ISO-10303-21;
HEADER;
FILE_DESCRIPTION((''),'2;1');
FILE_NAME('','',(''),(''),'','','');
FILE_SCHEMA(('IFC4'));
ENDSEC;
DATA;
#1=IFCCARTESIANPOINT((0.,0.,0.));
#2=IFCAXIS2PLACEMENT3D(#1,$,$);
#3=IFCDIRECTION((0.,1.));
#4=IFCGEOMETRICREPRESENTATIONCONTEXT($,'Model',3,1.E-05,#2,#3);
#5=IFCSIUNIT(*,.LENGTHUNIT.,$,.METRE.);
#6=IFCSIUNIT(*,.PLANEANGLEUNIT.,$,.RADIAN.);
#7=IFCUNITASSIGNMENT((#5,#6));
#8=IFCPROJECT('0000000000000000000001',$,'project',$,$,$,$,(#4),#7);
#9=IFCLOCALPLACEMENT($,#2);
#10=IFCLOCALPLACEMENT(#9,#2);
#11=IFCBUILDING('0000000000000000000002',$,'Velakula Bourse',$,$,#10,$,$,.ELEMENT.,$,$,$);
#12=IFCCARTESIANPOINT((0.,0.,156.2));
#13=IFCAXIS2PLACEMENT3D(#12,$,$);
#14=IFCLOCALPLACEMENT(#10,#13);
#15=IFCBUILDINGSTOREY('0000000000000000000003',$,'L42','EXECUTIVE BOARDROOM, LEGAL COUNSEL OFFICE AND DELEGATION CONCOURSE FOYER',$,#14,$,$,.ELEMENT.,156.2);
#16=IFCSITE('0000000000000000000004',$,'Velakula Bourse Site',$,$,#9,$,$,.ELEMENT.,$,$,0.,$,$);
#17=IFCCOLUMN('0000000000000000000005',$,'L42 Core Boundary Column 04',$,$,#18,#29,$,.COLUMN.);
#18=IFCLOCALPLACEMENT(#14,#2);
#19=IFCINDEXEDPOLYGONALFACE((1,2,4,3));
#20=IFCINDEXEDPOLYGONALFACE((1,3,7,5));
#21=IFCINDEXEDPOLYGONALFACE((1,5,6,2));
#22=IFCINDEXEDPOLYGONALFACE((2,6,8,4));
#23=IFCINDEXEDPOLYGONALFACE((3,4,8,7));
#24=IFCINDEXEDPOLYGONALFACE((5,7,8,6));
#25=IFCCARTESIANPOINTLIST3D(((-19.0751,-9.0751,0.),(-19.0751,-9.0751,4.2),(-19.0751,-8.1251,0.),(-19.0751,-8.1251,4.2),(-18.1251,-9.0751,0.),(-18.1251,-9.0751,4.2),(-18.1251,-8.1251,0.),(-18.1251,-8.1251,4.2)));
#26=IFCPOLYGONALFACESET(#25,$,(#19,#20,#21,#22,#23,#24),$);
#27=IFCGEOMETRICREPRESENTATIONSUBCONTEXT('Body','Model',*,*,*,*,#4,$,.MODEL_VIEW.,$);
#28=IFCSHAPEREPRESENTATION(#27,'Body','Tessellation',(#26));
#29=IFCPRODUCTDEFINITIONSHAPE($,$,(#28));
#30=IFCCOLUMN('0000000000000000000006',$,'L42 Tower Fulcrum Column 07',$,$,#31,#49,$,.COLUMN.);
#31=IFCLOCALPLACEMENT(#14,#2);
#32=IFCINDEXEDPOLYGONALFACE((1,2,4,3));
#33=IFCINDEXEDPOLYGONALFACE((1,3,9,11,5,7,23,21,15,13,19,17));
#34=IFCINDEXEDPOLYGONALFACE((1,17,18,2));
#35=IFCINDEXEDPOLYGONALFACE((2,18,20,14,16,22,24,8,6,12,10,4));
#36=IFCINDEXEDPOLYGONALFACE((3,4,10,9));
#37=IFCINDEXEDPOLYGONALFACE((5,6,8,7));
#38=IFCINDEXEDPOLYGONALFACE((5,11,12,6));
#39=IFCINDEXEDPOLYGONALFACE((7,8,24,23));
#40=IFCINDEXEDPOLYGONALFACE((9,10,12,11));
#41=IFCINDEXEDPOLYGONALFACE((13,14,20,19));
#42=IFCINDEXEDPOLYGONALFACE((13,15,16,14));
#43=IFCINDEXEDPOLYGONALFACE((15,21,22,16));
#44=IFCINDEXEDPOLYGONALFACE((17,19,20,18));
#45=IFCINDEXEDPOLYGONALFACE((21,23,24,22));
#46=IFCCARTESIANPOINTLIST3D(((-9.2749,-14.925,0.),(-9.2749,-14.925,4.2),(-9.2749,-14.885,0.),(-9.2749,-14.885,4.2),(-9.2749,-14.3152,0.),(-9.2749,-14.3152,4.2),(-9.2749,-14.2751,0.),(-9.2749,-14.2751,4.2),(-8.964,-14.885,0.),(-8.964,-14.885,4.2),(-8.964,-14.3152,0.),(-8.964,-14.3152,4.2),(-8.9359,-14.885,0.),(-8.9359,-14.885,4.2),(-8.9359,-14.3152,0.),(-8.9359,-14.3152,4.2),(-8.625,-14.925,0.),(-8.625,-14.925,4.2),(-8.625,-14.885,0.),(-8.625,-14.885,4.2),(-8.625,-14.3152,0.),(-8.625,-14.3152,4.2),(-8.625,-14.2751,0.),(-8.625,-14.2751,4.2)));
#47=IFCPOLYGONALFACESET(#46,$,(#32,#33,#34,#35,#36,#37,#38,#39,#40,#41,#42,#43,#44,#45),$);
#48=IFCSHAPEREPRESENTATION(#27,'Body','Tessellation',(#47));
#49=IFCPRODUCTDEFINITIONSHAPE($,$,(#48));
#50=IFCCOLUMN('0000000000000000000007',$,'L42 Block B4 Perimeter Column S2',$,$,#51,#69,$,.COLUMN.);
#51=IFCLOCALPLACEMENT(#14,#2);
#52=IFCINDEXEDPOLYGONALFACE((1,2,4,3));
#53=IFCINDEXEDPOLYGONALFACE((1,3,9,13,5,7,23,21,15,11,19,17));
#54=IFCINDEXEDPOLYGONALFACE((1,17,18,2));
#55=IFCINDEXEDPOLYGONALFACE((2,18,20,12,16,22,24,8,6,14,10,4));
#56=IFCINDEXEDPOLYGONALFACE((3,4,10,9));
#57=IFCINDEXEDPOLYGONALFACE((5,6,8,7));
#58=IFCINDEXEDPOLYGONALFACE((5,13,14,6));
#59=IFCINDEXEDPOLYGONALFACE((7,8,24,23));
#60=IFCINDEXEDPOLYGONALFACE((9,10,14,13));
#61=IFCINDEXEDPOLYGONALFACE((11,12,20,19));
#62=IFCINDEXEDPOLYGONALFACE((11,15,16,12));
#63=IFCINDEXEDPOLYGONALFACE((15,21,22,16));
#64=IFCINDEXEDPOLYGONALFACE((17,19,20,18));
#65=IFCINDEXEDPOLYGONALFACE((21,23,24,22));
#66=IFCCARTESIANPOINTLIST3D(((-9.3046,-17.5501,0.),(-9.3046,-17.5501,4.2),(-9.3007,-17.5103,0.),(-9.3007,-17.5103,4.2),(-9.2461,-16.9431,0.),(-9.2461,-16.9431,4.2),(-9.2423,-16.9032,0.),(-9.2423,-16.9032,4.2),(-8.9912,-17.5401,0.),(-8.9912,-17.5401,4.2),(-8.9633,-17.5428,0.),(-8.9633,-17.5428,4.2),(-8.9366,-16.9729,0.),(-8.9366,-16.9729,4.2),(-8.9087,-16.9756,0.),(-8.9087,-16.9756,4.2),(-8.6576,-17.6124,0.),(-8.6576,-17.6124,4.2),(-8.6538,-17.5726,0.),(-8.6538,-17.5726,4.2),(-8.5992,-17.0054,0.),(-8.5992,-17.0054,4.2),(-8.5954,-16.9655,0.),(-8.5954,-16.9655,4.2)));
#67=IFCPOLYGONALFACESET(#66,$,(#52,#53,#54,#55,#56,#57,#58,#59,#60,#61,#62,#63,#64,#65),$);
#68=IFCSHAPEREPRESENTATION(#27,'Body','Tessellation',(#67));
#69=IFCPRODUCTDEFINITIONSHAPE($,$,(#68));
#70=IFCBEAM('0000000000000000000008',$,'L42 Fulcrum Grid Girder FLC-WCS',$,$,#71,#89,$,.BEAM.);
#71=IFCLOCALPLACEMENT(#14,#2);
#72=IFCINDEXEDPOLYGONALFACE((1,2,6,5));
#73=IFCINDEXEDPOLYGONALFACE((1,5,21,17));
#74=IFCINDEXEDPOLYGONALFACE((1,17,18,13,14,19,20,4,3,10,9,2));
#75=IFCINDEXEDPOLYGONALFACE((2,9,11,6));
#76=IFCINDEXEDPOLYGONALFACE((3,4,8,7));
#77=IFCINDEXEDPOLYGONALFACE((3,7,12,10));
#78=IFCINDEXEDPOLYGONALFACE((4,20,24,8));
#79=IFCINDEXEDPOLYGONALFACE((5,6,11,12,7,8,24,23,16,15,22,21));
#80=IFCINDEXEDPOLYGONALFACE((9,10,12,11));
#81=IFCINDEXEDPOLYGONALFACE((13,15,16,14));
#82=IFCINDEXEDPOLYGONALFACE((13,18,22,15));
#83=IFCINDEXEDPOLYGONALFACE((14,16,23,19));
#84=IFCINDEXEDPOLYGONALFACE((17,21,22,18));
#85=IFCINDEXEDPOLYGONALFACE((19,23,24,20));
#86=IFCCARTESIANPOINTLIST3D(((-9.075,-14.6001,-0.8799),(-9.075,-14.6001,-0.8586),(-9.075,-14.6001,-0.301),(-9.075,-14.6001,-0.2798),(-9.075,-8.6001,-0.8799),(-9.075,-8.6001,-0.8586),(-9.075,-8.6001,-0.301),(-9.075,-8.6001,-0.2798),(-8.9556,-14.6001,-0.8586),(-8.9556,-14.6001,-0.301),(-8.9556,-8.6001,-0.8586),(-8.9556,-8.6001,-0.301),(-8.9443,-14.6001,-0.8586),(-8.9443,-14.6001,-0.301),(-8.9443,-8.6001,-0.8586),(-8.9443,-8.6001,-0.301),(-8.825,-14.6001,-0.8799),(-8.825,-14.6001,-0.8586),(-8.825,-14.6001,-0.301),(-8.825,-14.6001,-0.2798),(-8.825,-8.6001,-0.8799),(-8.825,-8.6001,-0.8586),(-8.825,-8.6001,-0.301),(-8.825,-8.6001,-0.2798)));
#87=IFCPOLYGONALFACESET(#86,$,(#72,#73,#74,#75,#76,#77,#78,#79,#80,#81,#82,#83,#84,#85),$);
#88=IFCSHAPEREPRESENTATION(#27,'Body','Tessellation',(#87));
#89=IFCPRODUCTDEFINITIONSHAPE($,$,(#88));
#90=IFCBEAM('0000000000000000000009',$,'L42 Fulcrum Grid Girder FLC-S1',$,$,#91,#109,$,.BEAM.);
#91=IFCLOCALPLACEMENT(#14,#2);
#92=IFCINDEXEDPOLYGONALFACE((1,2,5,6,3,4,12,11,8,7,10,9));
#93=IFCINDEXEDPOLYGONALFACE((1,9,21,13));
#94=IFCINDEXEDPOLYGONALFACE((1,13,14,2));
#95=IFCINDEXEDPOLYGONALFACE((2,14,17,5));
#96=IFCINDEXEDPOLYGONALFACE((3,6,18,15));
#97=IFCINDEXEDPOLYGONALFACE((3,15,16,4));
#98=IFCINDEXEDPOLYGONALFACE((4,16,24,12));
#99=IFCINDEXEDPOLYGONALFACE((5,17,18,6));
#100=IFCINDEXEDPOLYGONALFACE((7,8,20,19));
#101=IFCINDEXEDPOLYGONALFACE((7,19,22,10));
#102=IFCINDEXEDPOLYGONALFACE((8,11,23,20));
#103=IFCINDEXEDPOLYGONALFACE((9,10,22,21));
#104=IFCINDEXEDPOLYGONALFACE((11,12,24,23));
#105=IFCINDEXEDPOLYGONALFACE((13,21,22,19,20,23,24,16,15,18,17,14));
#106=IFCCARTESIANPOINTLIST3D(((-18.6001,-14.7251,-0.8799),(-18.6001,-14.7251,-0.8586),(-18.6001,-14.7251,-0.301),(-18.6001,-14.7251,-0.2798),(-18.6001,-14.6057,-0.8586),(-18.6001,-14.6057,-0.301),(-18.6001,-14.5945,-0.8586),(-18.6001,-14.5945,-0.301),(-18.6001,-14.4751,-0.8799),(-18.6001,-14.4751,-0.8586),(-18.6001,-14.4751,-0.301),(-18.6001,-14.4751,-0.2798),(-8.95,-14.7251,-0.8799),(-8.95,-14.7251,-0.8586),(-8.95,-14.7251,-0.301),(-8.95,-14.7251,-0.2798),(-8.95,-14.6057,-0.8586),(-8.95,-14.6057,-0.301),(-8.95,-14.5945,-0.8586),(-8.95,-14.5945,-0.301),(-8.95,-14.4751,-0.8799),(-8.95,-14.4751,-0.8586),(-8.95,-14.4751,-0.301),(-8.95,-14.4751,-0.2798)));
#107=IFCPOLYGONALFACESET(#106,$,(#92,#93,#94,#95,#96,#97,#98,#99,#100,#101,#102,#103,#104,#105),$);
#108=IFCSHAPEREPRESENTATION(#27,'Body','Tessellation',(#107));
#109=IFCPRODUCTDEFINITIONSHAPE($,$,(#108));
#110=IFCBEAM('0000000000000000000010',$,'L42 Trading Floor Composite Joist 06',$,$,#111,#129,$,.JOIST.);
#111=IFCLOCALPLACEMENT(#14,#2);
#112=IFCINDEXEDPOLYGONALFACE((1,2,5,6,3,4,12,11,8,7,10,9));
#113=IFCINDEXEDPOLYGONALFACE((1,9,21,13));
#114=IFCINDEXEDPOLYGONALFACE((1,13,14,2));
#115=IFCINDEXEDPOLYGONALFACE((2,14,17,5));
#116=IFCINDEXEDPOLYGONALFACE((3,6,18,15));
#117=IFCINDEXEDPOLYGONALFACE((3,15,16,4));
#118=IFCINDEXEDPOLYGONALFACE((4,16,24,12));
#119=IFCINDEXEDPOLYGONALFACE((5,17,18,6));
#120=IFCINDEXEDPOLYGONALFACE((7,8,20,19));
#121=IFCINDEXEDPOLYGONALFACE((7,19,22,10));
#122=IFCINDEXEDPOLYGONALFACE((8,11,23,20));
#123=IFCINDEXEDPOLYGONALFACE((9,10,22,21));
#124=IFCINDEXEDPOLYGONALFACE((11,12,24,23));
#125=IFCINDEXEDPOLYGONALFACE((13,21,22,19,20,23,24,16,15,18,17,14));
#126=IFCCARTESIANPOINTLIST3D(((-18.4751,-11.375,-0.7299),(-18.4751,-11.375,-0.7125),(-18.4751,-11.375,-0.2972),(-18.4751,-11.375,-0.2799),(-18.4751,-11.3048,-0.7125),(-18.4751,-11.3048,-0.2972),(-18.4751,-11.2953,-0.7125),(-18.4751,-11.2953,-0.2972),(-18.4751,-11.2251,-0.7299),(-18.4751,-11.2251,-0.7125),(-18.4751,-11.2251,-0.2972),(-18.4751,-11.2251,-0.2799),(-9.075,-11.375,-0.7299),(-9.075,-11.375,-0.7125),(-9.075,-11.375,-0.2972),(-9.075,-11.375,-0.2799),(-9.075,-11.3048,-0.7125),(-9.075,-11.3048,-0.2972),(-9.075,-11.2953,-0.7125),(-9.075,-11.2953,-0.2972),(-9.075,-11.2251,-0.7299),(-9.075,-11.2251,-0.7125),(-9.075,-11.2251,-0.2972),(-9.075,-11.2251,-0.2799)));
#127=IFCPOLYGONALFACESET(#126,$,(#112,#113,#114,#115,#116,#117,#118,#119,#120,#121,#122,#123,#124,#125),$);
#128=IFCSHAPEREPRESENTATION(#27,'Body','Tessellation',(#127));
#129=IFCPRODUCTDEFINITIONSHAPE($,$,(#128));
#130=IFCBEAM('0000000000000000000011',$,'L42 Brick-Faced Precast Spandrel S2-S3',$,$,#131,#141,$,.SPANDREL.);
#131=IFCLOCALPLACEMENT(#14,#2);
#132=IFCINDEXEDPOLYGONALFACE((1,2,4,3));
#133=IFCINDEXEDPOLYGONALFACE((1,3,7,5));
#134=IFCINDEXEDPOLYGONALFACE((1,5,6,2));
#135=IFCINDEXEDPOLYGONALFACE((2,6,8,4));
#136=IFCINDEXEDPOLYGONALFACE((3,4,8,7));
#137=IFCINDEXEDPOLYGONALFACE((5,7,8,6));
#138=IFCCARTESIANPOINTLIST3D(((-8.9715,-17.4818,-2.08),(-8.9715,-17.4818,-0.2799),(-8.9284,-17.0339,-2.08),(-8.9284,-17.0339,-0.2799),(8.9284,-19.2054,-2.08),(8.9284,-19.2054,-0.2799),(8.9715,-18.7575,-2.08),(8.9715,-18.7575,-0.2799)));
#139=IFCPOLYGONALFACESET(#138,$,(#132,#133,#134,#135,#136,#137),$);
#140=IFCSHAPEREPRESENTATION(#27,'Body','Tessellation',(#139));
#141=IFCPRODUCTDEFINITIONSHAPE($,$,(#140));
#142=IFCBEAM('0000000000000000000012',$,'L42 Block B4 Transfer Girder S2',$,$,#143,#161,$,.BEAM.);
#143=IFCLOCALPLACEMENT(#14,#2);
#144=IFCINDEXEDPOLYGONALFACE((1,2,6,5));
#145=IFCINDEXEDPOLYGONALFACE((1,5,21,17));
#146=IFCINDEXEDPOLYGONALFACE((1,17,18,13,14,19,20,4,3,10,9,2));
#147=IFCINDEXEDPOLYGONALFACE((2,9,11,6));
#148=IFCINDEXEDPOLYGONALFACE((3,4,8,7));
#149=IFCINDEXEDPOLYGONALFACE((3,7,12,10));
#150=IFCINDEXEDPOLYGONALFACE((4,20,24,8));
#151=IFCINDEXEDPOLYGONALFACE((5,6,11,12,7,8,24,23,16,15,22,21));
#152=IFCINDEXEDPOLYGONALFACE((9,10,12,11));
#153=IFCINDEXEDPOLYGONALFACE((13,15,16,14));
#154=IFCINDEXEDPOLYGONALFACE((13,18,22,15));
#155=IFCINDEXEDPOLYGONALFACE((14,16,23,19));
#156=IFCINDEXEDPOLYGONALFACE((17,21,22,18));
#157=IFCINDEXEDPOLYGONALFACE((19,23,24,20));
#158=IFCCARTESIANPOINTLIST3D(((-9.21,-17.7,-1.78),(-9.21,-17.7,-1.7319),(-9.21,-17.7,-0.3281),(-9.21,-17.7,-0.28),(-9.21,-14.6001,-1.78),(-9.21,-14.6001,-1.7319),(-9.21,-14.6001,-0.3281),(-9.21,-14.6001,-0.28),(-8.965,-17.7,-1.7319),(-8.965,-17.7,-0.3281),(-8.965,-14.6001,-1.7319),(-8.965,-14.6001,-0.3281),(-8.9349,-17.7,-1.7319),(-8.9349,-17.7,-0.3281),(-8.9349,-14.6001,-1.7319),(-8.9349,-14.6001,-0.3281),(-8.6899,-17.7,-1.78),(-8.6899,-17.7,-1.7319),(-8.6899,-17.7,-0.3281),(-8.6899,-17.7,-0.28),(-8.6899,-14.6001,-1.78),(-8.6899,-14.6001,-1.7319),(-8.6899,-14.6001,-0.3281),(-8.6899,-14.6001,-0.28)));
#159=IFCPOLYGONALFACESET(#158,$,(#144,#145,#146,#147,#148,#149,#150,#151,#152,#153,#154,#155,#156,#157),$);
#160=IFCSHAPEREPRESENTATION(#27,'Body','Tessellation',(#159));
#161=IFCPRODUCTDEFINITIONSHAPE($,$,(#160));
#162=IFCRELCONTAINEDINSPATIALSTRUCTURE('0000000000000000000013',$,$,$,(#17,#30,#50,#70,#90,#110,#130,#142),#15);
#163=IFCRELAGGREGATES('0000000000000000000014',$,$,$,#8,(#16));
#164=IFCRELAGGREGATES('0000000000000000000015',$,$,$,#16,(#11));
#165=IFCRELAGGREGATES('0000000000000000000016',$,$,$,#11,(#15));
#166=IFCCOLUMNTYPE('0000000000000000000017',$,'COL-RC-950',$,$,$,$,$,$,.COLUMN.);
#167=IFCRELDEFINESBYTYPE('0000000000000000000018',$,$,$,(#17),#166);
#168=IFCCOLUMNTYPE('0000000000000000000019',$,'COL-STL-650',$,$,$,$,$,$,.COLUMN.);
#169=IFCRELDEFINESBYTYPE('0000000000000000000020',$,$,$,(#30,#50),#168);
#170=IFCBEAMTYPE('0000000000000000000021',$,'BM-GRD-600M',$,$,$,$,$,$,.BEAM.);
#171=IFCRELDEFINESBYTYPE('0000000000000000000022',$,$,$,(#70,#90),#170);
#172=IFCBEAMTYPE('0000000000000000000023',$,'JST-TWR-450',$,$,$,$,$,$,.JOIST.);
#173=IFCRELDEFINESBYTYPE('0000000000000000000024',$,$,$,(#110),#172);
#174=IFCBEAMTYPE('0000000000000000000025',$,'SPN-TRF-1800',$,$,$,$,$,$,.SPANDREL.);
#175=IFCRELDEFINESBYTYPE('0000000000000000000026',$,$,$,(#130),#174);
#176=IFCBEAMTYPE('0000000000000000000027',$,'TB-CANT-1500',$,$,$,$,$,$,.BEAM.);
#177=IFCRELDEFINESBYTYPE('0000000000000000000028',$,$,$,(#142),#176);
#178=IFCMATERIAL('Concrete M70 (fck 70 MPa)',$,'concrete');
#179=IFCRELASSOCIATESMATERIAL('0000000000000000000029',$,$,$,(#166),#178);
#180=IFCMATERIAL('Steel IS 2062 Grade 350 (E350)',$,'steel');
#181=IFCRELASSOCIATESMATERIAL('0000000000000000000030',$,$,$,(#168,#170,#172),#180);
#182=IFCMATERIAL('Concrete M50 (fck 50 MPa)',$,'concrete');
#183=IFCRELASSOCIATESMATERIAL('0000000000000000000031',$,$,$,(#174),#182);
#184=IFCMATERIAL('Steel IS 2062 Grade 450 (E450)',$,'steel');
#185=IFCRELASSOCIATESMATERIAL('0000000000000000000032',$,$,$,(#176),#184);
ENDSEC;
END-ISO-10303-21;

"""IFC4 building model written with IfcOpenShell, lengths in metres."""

from ifc_helpers import new_model, si_unit, direction, frame, origin, origin_2d, place, context, subcontext, project, spatial, rectangle, i_section, extrude, material, material_profile, profile_set, type_object, element, save


model = new_model("IFC4")

# Units and contexts
model_context = context("Model", 3, precision=1e-05, world=origin(), true_north=direction((0.0, 1.0)))
body_context = subcontext(model_context, "Body", "Model", "MODEL_VIEW")
ifc_project = project(units=[si_unit("LENGTHUNIT", "METRE"), si_unit("PLANEANGLEUNIT", "RADIAN")], contexts=[model_context])

# Site, building, storey
site_placement = place(None, origin())
site = spatial("IfcSite", under=ifc_project, at=site_placement, Name="Velakula Bourse Site", CompositionType="ELEMENT", RefElevation=0.0)
building_placement = place(site_placement, origin())
building = spatial("IfcBuilding", under=site, at=building_placement, Name="Velakula Bourse", CompositionType="ELEMENT")
storey_placement = place(building_placement, frame((0.0, 0.0, 156.2)))
storey = spatial("IfcBuildingStorey", under=building, at=storey_placement, Name="L42", Description="EXECUTIVE BOARDROOM, LEGAL COUNSEL OFFICE AND DELEGATION CONCOURSE FOYER", CompositionType="ELEMENT", Elevation=156.2)

# Columns
ifc_material_1 = material(Name="Concrete M70 (fck 70 MPa)", Category="concrete")
ifc_material_profile_1 = material_profile(ifc_material_1, rectangle(XDim=0.95, YDim=0.95, at=origin_2d()), Name="Concrete M70 (fck 70 MPa)")
ifc_profile_set_1 = profile_set([ifc_material_profile_1], Name="Concrete M70 (fck 70 MPa)")
column_type_1 = type_object("IfcColumnType", Name="COL-RC-950", PredefinedType="COLUMN", material=ifc_profile_set_1)
column_placement = place(storey_placement, frame((-18.6001, -8.6001, 0.0), z_axis=(0.0, 0.0, 1.0), x_axis=(1.0, 0.0, 0.0)))
element("IfcColumn", 1, at=column_placement, inside=storey, type_object=column_type_1, Name="L42 Core Boundary Column 04", PredefinedType="COLUMN", context=body_context, shape_type="SweptSolid", body=[
    extrude(rectangle(XDim=0.95, YDim=0.95, at=origin_2d()), origin(), (0.0, 0.0, 1.0), 4.2),
])
ifc_material_2 = material(Name="Steel IS 2062 Grade 350 (E350)", Category="steel")
ifc_material_profile_2 = material_profile(ifc_material_2, i_section(OverallWidth=0.6499, OverallDepth=0.6499, WebThickness=0.0281, FlangeThickness=0.04, at=origin_2d()), Name="Steel IS 2062 Grade 350 (E350)")
ifc_profile_set_2 = profile_set([ifc_material_profile_2], Name="Steel IS 2062 Grade 350 (E350)")
column_type_2 = type_object("IfcColumnType", Name="COL-STL-650", PredefinedType="COLUMN", material=ifc_profile_set_2)
for number, where, z_axis, x_axis, name in (
    (2, (-8.95, -14.6001, 0.0), (0.0, 0.0, 1.0), (1.0, 0.0, 0.0), "L42 Tower Fulcrum Column 07"),
    (3, (-8.95, -17.2578, 0.0), (0.0, 0.0, 1.0), (0.995396, -0.095846, 0.0), "L42 Block B4 Perimeter Column S2"),
):
    element("IfcColumn", number, at=place(storey_placement, frame(where, z_axis=z_axis, x_axis=x_axis)), inside=storey, type_object=column_type_2, Name=name, PredefinedType="COLUMN", context=body_context, shape_type="SweptSolid", body=[
        extrude(i_section(OverallWidth=0.6499, OverallDepth=0.6499, WebThickness=0.0281, FlangeThickness=0.04, at=origin_2d()), origin(), (0.0, 0.0, 1.0), 4.2),
    ])

# Beams
ifc_material_profile_3 = material_profile(ifc_material_2, i_section(OverallWidth=0.25, OverallDepth=0.6001, WebThickness=0.0112, FlangeThickness=0.0212, at=origin_2d()), Name="Steel IS 2062 Grade 350 (E350)")
ifc_profile_set_3 = profile_set([ifc_material_profile_3], Name="Steel IS 2062 Grade 350 (E350)")
beam_type_1 = type_object("IfcBeamType", Name="BM-GRD-600M", PredefinedType="BEAM", material=ifc_profile_set_3)
beam_1_placement = place(storey_placement, frame((-8.95, -14.6001, -0.5798), z_axis=(0.0, 1.0, 0.0), x_axis=(-1.0, 0.0, 0.0)))
element("IfcBeam", 4, at=beam_1_placement, inside=storey, type_object=beam_type_1, Name="L42 Fulcrum Grid Girder FLC-WCS", PredefinedType="BEAM", context=body_context, shape_type="SweptSolid", body=[
    extrude(i_section(OverallWidth=0.25, OverallDepth=0.6001, WebThickness=0.0112, FlangeThickness=0.0212, at=origin_2d()), origin(), (0.0, 0.0, 1.0), 6.0),
])
beam_2_placement = place(storey_placement, frame((-18.6001, -14.6001, -0.5798), z_axis=(1.0, 0.0, 0.0), x_axis=(0.0, 1.0, 0.0)))
element("IfcBeam", 5, at=beam_2_placement, inside=storey, type_object=beam_type_1, Name="L42 Fulcrum Grid Girder FLC-S1", PredefinedType="BEAM", context=body_context, shape_type="SweptSolid", body=[
    extrude(i_section(OverallWidth=0.25, OverallDepth=0.6001, WebThickness=0.0112, FlangeThickness=0.0212, at=origin_2d()), origin(), (0.0, 0.0, 1.0), 9.6501),
])
ifc_material_profile_4 = material_profile(ifc_material_2, i_section(OverallWidth=0.1499, OverallDepth=0.45, WebThickness=0.0095, FlangeThickness=0.0173, at=origin_2d()), Name="Steel IS 2062 Grade 350 (E350)")
ifc_profile_set_4 = profile_set([ifc_material_profile_4], Name="Steel IS 2062 Grade 350 (E350)")
beam_type_2 = type_object("IfcBeamType", Name="JST-TWR-450", PredefinedType="JOIST", material=ifc_profile_set_4)
beam_3_placement = place(storey_placement, frame((-18.4751, -11.3, -0.5049), z_axis=(1.0, 0.0, 0.0), x_axis=(0.0, 1.0, 0.0)))
element("IfcBeam", 6, at=beam_3_placement, inside=storey, type_object=beam_type_2, Name="L42 Trading Floor Composite Joist 06", PredefinedType="JOIST", context=body_context, shape_type="SweptSolid", body=[
    extrude(i_section(OverallWidth=0.1499, OverallDepth=0.45, WebThickness=0.0095, FlangeThickness=0.0173, at=origin_2d()), origin(), (0.0, 0.0, 1.0), 9.4001),
])
ifc_material_3 = material(Name="Concrete M50 (fck 50 MPa)", Category="concrete")
ifc_material_profile_5 = material_profile(ifc_material_3, rectangle(XDim=0.45, YDim=1.8, at=origin_2d()), Name="Concrete M50 (fck 50 MPa)")
ifc_profile_set_5 = profile_set([ifc_material_profile_5], Name="Concrete M50 (fck 50 MPa)")
beam_type_3 = type_object("IfcBeamType", Name="SPN-TRF-1800", PredefinedType="SPANDREL", material=ifc_profile_set_5)
beam_4_placement = place(storey_placement, frame((-8.95, -17.2578, -1.1799), z_axis=(0.995396, -0.09585, 0.0), x_axis=(0.09585, 0.995396, 0.0)))
element("IfcBeam", 7, at=beam_4_placement, inside=storey, type_object=beam_type_3, Name="L42 Brick-Faced Precast Spandrel S2-S3", PredefinedType="SPANDREL", context=body_context, shape_type="SweptSolid", body=[
    extrude(rectangle(XDim=0.45, YDim=1.8, at=origin_2d()), origin(), (0.0, 0.0, 1.0), 17.9827),
])
ifc_material_4 = material(Name="Steel IS 2062 Grade 450 (E450)", Category="steel")
ifc_material_profile_6 = material_profile(ifc_material_4, i_section(OverallWidth=0.52, OverallDepth=1.5, WebThickness=0.03, FlangeThickness=0.0481, at=origin_2d()), Name="Steel IS 2062 Grade 450 (E450)")
ifc_profile_set_6 = profile_set([ifc_material_profile_6], Name="Steel IS 2062 Grade 450 (E450)")
beam_type_4 = type_object("IfcBeamType", Name="TB-CANT-1500", PredefinedType="BEAM", material=ifc_profile_set_6)
beam_5_placement = place(storey_placement, frame((-8.95, -17.7, -1.03), z_axis=(0.0, 1.0, 0.0), x_axis=(-1.0, 0.0, 0.0)))
element("IfcBeam", 8, at=beam_5_placement, inside=storey, type_object=beam_type_4, Name="L42 Block B4 Transfer Girder S2", PredefinedType="BEAM", context=body_context, shape_type="SweptSolid", body=[
    extrude(i_section(OverallWidth=0.52, OverallDepth=1.5, WebThickness=0.03, FlangeThickness=0.0481, at=origin_2d()), origin(), (0.0, 0.0, 1.0), 3.0999),
])

save(model, "model.ifc")
